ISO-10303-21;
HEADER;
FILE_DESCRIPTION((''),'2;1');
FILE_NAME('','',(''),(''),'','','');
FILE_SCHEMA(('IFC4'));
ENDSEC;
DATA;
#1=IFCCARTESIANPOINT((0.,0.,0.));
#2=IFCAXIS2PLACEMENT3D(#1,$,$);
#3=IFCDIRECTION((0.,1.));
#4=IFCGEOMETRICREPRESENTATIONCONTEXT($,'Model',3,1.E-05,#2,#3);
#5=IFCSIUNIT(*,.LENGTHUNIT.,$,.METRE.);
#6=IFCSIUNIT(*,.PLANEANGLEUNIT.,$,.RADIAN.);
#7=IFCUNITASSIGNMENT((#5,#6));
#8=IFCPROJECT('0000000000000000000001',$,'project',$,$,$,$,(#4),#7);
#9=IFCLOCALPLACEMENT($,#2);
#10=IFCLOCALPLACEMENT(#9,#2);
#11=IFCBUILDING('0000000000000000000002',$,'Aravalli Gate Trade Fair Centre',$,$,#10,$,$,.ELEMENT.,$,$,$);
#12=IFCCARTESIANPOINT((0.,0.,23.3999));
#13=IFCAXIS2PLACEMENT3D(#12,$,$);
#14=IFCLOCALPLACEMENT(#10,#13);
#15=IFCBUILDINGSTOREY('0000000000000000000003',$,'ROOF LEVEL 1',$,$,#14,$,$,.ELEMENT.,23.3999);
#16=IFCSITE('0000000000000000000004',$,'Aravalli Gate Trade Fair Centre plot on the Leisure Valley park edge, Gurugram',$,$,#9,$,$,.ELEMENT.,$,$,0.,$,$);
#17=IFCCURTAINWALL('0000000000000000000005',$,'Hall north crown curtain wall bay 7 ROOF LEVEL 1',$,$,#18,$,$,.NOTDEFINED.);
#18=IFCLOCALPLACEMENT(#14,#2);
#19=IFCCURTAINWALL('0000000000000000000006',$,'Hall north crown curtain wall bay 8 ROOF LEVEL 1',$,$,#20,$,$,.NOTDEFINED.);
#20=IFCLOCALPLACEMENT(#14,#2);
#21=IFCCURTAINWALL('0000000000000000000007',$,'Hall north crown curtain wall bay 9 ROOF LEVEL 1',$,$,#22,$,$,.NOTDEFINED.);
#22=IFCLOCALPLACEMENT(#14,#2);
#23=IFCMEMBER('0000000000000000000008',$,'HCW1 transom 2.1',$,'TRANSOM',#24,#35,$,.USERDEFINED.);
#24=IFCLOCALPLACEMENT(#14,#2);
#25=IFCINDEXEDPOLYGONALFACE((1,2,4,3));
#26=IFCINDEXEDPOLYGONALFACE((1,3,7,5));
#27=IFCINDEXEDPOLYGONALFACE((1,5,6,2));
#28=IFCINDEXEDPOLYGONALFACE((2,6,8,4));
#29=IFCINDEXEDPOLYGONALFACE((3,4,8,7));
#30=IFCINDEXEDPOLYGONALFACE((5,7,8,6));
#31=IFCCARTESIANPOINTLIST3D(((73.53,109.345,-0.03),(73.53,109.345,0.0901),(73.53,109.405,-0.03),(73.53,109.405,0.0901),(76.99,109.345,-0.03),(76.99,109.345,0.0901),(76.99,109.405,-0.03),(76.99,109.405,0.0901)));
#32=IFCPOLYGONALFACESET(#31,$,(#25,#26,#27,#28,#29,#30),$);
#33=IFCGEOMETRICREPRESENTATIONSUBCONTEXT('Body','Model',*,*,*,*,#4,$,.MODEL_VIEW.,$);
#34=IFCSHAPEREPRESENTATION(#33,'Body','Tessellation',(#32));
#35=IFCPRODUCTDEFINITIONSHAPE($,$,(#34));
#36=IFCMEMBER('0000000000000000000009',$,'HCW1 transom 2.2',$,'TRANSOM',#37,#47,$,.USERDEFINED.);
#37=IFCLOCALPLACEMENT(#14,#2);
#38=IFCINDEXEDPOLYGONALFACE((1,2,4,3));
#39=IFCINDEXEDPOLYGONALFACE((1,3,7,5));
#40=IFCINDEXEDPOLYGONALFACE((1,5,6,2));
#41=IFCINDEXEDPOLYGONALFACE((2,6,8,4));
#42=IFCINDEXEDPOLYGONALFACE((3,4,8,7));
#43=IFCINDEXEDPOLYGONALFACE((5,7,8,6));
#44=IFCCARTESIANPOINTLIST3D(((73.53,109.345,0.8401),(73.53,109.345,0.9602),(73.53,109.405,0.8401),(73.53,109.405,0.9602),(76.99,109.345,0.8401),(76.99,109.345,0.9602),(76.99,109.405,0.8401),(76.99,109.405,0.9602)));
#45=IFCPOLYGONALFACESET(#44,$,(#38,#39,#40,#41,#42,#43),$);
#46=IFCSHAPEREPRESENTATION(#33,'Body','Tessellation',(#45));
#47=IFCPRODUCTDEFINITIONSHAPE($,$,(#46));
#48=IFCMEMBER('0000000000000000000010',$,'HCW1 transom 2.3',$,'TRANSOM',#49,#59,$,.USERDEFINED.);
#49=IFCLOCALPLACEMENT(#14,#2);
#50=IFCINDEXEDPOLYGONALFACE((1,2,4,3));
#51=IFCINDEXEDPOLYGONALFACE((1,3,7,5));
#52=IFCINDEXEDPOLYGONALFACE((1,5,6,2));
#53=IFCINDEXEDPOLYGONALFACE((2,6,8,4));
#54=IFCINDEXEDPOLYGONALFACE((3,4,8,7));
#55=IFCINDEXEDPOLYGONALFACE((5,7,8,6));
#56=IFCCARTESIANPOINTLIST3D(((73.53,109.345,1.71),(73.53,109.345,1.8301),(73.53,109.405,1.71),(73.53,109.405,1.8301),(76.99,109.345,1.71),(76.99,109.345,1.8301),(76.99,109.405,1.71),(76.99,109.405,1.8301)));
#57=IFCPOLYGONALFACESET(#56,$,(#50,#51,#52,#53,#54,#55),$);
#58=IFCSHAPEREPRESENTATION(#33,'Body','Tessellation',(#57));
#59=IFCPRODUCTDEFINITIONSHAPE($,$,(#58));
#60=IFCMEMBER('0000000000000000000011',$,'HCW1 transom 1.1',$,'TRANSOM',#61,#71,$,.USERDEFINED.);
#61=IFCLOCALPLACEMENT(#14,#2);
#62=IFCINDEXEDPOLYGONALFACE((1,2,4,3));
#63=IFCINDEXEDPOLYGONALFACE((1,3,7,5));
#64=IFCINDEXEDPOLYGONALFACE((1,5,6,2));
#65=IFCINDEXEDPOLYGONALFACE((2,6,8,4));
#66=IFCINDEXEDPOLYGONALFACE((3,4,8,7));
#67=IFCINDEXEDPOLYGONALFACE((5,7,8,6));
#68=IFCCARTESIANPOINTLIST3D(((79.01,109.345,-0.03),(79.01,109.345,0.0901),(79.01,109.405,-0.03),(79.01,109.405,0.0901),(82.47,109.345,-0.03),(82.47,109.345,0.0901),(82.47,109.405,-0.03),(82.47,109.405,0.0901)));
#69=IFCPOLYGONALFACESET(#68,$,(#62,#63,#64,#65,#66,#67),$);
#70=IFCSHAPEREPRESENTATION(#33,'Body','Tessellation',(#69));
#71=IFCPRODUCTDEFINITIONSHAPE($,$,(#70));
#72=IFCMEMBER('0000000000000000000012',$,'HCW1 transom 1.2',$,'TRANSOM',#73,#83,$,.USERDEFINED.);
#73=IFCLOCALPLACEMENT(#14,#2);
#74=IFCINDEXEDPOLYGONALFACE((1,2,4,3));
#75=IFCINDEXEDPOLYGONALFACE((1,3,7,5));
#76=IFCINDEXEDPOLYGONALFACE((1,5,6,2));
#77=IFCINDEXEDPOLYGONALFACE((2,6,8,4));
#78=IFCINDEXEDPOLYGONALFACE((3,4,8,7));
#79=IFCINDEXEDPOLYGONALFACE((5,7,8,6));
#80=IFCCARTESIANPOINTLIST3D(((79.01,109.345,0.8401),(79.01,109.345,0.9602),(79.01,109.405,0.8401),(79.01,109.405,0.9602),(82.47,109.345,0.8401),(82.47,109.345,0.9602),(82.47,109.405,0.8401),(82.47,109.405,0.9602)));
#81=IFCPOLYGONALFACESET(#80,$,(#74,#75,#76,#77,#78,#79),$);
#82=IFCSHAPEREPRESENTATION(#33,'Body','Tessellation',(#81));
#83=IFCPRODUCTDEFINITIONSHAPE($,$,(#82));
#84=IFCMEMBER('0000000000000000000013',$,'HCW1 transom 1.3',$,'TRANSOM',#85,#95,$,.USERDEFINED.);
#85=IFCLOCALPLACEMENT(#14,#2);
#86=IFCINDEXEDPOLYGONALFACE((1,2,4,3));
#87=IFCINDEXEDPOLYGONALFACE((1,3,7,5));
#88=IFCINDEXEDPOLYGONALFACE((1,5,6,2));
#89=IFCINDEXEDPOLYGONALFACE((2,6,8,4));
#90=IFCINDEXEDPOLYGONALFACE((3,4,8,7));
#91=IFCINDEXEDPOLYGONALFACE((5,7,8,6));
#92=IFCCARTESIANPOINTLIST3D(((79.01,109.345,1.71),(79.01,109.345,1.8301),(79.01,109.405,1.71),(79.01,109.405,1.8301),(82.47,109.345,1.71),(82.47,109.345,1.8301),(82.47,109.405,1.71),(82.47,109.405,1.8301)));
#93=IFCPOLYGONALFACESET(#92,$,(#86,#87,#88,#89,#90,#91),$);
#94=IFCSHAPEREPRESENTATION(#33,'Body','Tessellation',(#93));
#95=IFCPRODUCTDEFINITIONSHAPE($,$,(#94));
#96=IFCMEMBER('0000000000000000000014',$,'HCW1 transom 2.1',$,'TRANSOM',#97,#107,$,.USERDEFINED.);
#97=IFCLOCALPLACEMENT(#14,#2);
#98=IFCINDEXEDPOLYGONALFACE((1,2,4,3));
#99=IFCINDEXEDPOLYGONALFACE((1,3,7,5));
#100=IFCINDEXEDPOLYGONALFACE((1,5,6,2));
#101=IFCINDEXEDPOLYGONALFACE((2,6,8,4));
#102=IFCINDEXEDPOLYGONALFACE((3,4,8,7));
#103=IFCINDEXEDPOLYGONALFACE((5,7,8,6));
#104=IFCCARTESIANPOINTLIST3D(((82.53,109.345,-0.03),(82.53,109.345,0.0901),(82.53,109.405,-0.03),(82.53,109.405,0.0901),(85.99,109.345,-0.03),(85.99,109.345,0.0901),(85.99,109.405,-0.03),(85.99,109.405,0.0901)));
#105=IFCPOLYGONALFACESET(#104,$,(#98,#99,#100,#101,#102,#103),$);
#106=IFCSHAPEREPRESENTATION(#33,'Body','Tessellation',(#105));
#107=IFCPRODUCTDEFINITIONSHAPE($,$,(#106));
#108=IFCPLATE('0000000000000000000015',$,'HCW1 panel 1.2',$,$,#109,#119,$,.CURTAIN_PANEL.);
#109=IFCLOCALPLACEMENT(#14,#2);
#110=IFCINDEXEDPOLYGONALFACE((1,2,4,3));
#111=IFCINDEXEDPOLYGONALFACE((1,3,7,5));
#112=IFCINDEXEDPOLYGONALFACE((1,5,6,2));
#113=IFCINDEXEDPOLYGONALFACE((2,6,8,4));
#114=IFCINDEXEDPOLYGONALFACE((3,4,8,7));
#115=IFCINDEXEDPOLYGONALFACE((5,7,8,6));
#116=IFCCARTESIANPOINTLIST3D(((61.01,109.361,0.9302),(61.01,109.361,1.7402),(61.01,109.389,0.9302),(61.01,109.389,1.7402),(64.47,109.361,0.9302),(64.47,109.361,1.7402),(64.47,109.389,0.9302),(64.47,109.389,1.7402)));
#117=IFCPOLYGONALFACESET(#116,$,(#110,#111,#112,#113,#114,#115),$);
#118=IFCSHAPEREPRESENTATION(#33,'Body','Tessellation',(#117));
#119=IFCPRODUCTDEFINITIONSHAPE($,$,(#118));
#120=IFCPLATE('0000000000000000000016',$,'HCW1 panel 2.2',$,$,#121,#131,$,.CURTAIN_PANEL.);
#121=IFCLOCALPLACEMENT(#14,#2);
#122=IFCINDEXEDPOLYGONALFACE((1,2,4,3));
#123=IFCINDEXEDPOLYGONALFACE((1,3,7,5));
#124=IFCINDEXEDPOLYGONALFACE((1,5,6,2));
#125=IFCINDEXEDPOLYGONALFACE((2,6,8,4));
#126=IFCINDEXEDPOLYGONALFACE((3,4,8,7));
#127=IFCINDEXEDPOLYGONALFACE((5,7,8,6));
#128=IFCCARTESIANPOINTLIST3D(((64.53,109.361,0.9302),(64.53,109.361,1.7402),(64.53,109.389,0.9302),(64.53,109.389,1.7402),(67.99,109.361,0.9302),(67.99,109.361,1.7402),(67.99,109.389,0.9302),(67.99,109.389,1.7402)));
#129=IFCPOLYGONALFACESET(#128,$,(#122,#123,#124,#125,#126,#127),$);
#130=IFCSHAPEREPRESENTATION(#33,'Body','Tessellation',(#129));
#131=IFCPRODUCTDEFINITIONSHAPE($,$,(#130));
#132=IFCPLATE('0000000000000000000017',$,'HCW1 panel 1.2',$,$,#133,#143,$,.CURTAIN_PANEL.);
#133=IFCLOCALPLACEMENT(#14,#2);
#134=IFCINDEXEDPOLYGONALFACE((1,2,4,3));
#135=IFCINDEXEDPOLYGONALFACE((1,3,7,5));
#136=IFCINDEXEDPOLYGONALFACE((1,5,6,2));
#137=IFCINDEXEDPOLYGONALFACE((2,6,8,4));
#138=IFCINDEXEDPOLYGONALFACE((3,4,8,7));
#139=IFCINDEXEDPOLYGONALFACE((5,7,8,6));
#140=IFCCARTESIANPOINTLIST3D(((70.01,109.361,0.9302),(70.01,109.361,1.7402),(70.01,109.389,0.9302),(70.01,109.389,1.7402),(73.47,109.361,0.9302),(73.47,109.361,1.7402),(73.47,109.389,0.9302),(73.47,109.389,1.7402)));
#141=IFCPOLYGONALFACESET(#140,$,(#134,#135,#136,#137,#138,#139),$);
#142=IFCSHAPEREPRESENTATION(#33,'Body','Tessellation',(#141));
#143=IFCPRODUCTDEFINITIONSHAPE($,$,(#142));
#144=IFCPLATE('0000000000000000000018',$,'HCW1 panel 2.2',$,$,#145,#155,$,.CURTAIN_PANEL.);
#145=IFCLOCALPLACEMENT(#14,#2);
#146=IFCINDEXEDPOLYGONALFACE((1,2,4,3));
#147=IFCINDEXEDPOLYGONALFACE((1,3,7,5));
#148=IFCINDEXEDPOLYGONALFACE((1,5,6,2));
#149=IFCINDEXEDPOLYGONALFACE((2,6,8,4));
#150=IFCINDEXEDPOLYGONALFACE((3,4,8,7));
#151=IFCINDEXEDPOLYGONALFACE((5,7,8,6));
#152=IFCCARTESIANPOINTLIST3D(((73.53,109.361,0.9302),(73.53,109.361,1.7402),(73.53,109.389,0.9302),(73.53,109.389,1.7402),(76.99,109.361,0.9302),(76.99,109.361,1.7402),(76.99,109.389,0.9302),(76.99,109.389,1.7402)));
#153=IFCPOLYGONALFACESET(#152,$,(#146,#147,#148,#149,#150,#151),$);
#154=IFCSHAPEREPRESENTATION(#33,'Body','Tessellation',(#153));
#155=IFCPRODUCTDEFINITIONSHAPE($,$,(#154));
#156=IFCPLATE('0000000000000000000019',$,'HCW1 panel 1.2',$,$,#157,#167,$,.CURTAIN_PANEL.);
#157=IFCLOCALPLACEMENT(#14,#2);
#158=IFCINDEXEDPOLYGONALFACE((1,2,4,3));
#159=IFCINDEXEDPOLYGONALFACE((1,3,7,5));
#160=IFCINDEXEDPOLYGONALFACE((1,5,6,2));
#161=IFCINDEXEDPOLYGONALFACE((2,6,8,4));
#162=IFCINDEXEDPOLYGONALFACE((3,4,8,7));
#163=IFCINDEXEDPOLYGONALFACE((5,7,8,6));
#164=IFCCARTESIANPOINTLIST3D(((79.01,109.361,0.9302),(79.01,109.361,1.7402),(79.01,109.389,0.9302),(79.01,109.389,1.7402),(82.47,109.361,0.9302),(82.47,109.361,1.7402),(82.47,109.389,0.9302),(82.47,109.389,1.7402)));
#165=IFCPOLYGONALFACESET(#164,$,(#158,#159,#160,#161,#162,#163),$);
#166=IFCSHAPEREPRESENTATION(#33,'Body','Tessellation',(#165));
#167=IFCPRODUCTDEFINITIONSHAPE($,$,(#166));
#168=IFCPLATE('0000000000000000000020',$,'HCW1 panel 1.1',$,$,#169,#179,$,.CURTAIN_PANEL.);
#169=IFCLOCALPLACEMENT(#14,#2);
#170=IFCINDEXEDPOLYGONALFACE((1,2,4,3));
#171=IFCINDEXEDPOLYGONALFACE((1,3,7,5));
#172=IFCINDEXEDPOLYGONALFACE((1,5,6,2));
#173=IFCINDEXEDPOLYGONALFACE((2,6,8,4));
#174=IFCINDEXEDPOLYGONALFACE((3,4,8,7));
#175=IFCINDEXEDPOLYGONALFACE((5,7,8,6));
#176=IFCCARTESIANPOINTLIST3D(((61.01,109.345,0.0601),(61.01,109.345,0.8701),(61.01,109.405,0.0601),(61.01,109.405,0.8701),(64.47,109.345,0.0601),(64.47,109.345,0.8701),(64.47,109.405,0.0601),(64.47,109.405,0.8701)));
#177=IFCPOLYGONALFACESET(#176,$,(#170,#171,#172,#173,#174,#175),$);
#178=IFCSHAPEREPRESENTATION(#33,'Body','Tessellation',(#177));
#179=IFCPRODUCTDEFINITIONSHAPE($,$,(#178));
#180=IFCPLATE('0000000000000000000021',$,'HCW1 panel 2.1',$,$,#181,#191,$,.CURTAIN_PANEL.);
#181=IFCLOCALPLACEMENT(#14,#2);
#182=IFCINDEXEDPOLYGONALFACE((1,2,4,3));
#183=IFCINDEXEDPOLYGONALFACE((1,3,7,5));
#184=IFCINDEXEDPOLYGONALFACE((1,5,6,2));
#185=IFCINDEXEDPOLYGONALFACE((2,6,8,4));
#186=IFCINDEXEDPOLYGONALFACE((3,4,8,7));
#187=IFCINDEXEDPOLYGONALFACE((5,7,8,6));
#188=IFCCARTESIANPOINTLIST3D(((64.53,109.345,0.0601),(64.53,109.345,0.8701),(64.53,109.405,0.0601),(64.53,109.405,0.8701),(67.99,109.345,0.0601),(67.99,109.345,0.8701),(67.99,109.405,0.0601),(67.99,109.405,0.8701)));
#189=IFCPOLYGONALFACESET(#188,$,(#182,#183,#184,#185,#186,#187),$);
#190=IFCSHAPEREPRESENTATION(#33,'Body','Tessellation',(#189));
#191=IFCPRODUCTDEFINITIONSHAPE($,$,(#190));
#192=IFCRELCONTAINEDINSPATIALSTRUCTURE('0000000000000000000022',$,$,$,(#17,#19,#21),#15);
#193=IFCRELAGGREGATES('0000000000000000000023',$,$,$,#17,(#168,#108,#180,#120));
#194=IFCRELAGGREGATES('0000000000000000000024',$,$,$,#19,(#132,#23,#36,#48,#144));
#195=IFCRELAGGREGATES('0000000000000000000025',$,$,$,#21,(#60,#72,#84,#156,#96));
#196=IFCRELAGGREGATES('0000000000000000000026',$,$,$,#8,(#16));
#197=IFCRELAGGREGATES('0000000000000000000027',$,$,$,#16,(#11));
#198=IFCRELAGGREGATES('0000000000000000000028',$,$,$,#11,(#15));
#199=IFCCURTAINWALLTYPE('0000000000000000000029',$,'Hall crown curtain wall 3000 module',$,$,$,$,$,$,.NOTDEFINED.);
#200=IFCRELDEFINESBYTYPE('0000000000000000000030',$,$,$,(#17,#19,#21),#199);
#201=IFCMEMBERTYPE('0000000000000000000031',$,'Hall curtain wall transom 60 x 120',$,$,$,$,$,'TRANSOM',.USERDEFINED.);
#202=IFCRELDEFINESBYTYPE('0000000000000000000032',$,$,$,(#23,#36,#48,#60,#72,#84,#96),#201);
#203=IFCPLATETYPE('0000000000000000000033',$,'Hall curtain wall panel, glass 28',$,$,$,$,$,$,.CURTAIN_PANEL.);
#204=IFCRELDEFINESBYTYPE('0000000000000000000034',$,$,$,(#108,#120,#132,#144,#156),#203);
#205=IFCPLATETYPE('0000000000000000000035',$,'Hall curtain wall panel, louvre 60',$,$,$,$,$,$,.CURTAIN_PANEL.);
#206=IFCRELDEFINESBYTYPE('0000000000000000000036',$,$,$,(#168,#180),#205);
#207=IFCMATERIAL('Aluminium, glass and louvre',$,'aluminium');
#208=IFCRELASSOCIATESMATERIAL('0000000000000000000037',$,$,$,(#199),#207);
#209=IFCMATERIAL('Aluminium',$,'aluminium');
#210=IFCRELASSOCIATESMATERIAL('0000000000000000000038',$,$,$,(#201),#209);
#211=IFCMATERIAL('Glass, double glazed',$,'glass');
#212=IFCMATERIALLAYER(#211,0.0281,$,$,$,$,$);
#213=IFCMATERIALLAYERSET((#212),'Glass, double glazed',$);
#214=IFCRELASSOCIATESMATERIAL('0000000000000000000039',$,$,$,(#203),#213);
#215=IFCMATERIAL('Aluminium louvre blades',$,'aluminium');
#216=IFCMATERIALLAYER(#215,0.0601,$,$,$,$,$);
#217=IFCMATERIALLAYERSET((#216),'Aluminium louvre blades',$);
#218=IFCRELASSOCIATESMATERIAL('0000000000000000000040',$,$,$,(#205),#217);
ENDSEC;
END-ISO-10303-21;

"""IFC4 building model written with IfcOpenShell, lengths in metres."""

from ifc_helpers import new_model, si_unit, direction, frame, origin, origin_2d, place, context, subcontext, project, spatial, rectangle, extrude, material, layer, layer_set, material_profile, profile_set, type_object, element, aggregate, save


model = new_model("IFC4")

# Units and contexts
model_context = context("Model", 3, precision=1e-05, world=origin(), true_north=direction((0.0, 1.0)))
body_context = subcontext(model_context, "Body", "Model", "MODEL_VIEW")
ifc_project = project(units=[si_unit("LENGTHUNIT", "METRE"), si_unit("PLANEANGLEUNIT", "RADIAN")], contexts=[model_context])

# Site, building, storey
site_placement = place(None, origin())
site = spatial("IfcSite", under=ifc_project, at=site_placement, Name="Aravalli Gate Trade Fair Centre plot on the Leisure Valley park edge, Gurugram", CompositionType="ELEMENT", RefElevation=0.0)
building_placement = place(site_placement, origin())
building = spatial("IfcBuilding", under=site, at=building_placement, Name="Aravalli Gate Trade Fair Centre", CompositionType="ELEMENT")
storey_placement = place(building_placement, frame((0.0, 0.0, 23.3999)))
storey = spatial("IfcBuildingStorey", under=building, at=storey_placement, Name="ROOF LEVEL 1", CompositionType="ELEMENT", Elevation=23.3999)

# Curtain walls
ifc_material_1 = material(Name="Aluminium, glass and louvre", Category="aluminium")
curtain_wall_type = type_object("IfcCurtainWallType", Name="Hall crown curtain wall 3000 module", PredefinedType="NOTDEFINED", material=ifc_material_1)
curtain_wall_1_placement = place(storey_placement, origin())
curtain_wall_1 = element("IfcCurtainWall", 1, at=curtain_wall_1_placement, inside=storey, type_object=curtain_wall_type, Name="Hall north crown curtain wall bay 7 ROOF LEVEL 1", PredefinedType="NOTDEFINED")
ifc_material_2 = material(Name="Aluminium", Category="aluminium")
curtain_wall_2_placement = place(storey_placement, origin())
curtain_wall_2 = element("IfcCurtainWall", 2, at=curtain_wall_2_placement, inside=storey, type_object=curtain_wall_type, Name="Hall north crown curtain wall bay 8 ROOF LEVEL 1", PredefinedType="NOTDEFINED")
curtain_wall_3_placement = place(storey_placement, origin())
curtain_wall_3 = element("IfcCurtainWall", 3, at=curtain_wall_3_placement, inside=storey, type_object=curtain_wall_type, Name="Hall north crown curtain wall bay 9 ROOF LEVEL 1", PredefinedType="NOTDEFINED")

# Members
ifc_material_profile_1 = material_profile(ifc_material_2, rectangle(XDim=0.0601, YDim=0.1201, at=origin_2d()), Name="Hall curtain wall transom 60 x 120")
ifc_profile_set_1 = profile_set([ifc_material_profile_1], Name="Aluminium")
member_type_1 = type_object("IfcMemberType", Name="Hall curtain wall transom 60 x 120", ElementType="TRANSOM", PredefinedType="USERDEFINED", material=ifc_profile_set_1)
member_1_placement = place(storey_placement, frame((73.53, 109.375, 0.03), z_axis=(1.0, 0.0, 0.0), x_axis=(0.0, 1.0, 0.0)))
member_1 = element("IfcMember", 4, at=member_1_placement, type_object=member_type_1, Name="HCW1 transom 2.1", ObjectType="TRANSOM", PredefinedType="USERDEFINED", context=body_context, shape_type="SweptSolid", body=[
    extrude(rectangle(XDim=0.0601, YDim=0.1201, at=origin_2d()), origin(), (0.0, 0.0, 1.0), 3.46),
])
member_2_placement = place(storey_placement, frame((73.53, 109.375, 0.9001), z_axis=(1.0, 0.0, 0.0), x_axis=(0.0, 1.0, 0.0)))
member_2 = element("IfcMember", 5, at=member_2_placement, type_object=member_type_1, Name="HCW1 transom 2.2", ObjectType="TRANSOM", PredefinedType="USERDEFINED", context=body_context, shape_type="SweptSolid", body=[
    extrude(rectangle(XDim=0.0601, YDim=0.1201, at=origin_2d()), origin(), (0.0, 0.0, 1.0), 3.46),
])
member_3_placement = place(storey_placement, frame((73.53, 109.375, 1.77), z_axis=(1.0, 0.0, 0.0), x_axis=(0.0, 1.0, 0.0)))
member_3 = element("IfcMember", 6, at=member_3_placement, type_object=member_type_1, Name="HCW1 transom 2.3", ObjectType="TRANSOM", PredefinedType="USERDEFINED", context=body_context, shape_type="SweptSolid", body=[
    extrude(rectangle(XDim=0.0601, YDim=0.1201, at=origin_2d()), origin(), (0.0, 0.0, 1.0), 3.46),
])
member_4_placement = place(storey_placement, frame((79.01, 109.375, 0.03), z_axis=(1.0, 0.0, 0.0), x_axis=(0.0, 1.0, 0.0)))
member_4 = element("IfcMember", 7, at=member_4_placement, type_object=member_type_1, Name="HCW1 transom 1.1", ObjectType="TRANSOM", PredefinedType="USERDEFINED", context=body_context, shape_type="SweptSolid", body=[
    extrude(rectangle(XDim=0.0601, YDim=0.1201, at=origin_2d()), origin(), (0.0, 0.0, 1.0), 3.46),
])
member_5_placement = place(storey_placement, frame((79.01, 109.375, 0.9001), z_axis=(1.0, 0.0, 0.0), x_axis=(0.0, 1.0, 0.0)))
member_5 = element("IfcMember", 8, at=member_5_placement, type_object=member_type_1, Name="HCW1 transom 1.2", ObjectType="TRANSOM", PredefinedType="USERDEFINED", context=body_context, shape_type="SweptSolid", body=[
    extrude(rectangle(XDim=0.0601, YDim=0.1201, at=origin_2d()), origin(), (0.0, 0.0, 1.0), 3.46),
])
member_6_placement = place(storey_placement, frame((79.01, 109.375, 1.77), z_axis=(1.0, 0.0, 0.0), x_axis=(0.0, 1.0, 0.0)))
member_6 = element("IfcMember", 9, at=member_6_placement, type_object=member_type_1, Name="HCW1 transom 1.3", ObjectType="TRANSOM", PredefinedType="USERDEFINED", context=body_context, shape_type="SweptSolid", body=[
    extrude(rectangle(XDim=0.0601, YDim=0.1201, at=origin_2d()), origin(), (0.0, 0.0, 1.0), 3.46),
])
member_7_placement = place(storey_placement, frame((82.53, 109.375, 0.03), z_axis=(1.0, 0.0, 0.0), x_axis=(0.0, 1.0, 0.0)))
member_7 = element("IfcMember", 10, at=member_7_placement, type_object=member_type_1, Name="HCW1 transom 2.1", ObjectType="TRANSOM", PredefinedType="USERDEFINED", context=body_context, shape_type="SweptSolid", body=[
    extrude(rectangle(XDim=0.0601, YDim=0.1201, at=origin_2d()), origin(), (0.0, 0.0, 1.0), 3.46),
])

# Plates
ifc_material_3 = material(Name="Glass, double glazed", Category="glass")
ifc_layer_1 = layer(ifc_material_3, 0.0281)
ifc_layer_set_1 = layer_set([ifc_layer_1], Name="Glass, double glazed")
plate_type_1 = type_object("IfcPlateType", Name="Hall curtain wall panel, glass 28", PredefinedType="CURTAIN_PANEL", material=ifc_layer_set_1)
plate_1_placement = place(storey_placement, frame((62.74, 109.375, 0.9302), z_axis=(0.0, 0.0, 1.0), x_axis=(1.0, 0.0, 0.0)))
plate_1 = element("IfcPlate", 11, at=plate_1_placement, type_object=plate_type_1, Name="HCW1 panel 1.2", PredefinedType="CURTAIN_PANEL", context=body_context, shape_type="SweptSolid", body=[
    extrude(rectangle(XDim=3.46, YDim=0.0281, at=origin_2d()), origin(), (0.0, 0.0, 1.0), 0.8101),
])
plate_2_placement = place(storey_placement, frame((66.26, 109.375, 0.9302), z_axis=(0.0, 0.0, 1.0), x_axis=(1.0, 0.0, 0.0)))
plate_2 = element("IfcPlate", 12, at=plate_2_placement, type_object=plate_type_1, Name="HCW1 panel 2.2", PredefinedType="CURTAIN_PANEL", context=body_context, shape_type="SweptSolid", body=[
    extrude(rectangle(XDim=3.46, YDim=0.0281, at=origin_2d()), origin(), (0.0, 0.0, 1.0), 0.8101),
])
plate_3_placement = place(storey_placement, frame((71.74, 109.375, 0.9302), z_axis=(0.0, 0.0, 1.0), x_axis=(1.0, 0.0, 0.0)))
plate_3 = element("IfcPlate", 13, at=plate_3_placement, type_object=plate_type_1, Name="HCW1 panel 1.2", PredefinedType="CURTAIN_PANEL", context=body_context, shape_type="SweptSolid", body=[
    extrude(rectangle(XDim=3.46, YDim=0.0281, at=origin_2d()), origin(), (0.0, 0.0, 1.0), 0.8101),
])
plate_4_placement = place(storey_placement, frame((75.26, 109.375, 0.9302), z_axis=(0.0, 0.0, 1.0), x_axis=(1.0, 0.0, 0.0)))
plate_4 = element("IfcPlate", 14, at=plate_4_placement, type_object=plate_type_1, Name="HCW1 panel 2.2", PredefinedType="CURTAIN_PANEL", context=body_context, shape_type="SweptSolid", body=[
    extrude(rectangle(XDim=3.46, YDim=0.0281, at=origin_2d()), origin(), (0.0, 0.0, 1.0), 0.8101),
])
plate_5_placement = place(storey_placement, frame((80.74, 109.375, 0.9302), z_axis=(0.0, 0.0, 1.0), x_axis=(1.0, 0.0, 0.0)))
plate_5 = element("IfcPlate", 15, at=plate_5_placement, type_object=plate_type_1, Name="HCW1 panel 1.2", PredefinedType="CURTAIN_PANEL", context=body_context, shape_type="SweptSolid", body=[
    extrude(rectangle(XDim=3.46, YDim=0.0281, at=origin_2d()), origin(), (0.0, 0.0, 1.0), 0.8101),
])
ifc_material_4 = material(Name="Aluminium louvre blades", Category="aluminium")
ifc_layer_2 = layer(ifc_material_4, 0.0601)
ifc_layer_set_2 = layer_set([ifc_layer_2], Name="Aluminium louvre blades")
plate_type_2 = type_object("IfcPlateType", Name="Hall curtain wall panel, louvre 60", PredefinedType="CURTAIN_PANEL", material=ifc_layer_set_2)
plate_6_placement = place(storey_placement, frame((62.74, 109.375, 0.0601), z_axis=(0.0, 0.0, 1.0), x_axis=(1.0, 0.0, 0.0)))
plate_6 = element("IfcPlate", 16, at=plate_6_placement, type_object=plate_type_2, Name="HCW1 panel 1.1", PredefinedType="CURTAIN_PANEL", context=body_context, shape_type="SweptSolid", body=[
    extrude(rectangle(XDim=3.46, YDim=0.0601, at=origin_2d()), origin(), (0.0, 0.0, 1.0), 0.8101),
])
plate_7_placement = place(storey_placement, frame((66.26, 109.375, 0.0601), z_axis=(0.0, 0.0, 1.0), x_axis=(1.0, 0.0, 0.0)))
plate_7 = element("IfcPlate", 17, at=plate_7_placement, type_object=plate_type_2, Name="HCW1 panel 2.1", PredefinedType="CURTAIN_PANEL", context=body_context, shape_type="SweptSolid", body=[
    extrude(rectangle(XDim=3.46, YDim=0.0601, at=origin_2d()), origin(), (0.0, 0.0, 1.0), 0.8101),
])
aggregate(curtain_wall_1, [plate_6, plate_1, plate_7, plate_2])
aggregate(curtain_wall_2, [plate_3, member_1, member_2, member_3, plate_4])
aggregate(curtain_wall_3, [member_4, member_5, member_6, plate_5, member_7])

save(model, "model.ifc")
